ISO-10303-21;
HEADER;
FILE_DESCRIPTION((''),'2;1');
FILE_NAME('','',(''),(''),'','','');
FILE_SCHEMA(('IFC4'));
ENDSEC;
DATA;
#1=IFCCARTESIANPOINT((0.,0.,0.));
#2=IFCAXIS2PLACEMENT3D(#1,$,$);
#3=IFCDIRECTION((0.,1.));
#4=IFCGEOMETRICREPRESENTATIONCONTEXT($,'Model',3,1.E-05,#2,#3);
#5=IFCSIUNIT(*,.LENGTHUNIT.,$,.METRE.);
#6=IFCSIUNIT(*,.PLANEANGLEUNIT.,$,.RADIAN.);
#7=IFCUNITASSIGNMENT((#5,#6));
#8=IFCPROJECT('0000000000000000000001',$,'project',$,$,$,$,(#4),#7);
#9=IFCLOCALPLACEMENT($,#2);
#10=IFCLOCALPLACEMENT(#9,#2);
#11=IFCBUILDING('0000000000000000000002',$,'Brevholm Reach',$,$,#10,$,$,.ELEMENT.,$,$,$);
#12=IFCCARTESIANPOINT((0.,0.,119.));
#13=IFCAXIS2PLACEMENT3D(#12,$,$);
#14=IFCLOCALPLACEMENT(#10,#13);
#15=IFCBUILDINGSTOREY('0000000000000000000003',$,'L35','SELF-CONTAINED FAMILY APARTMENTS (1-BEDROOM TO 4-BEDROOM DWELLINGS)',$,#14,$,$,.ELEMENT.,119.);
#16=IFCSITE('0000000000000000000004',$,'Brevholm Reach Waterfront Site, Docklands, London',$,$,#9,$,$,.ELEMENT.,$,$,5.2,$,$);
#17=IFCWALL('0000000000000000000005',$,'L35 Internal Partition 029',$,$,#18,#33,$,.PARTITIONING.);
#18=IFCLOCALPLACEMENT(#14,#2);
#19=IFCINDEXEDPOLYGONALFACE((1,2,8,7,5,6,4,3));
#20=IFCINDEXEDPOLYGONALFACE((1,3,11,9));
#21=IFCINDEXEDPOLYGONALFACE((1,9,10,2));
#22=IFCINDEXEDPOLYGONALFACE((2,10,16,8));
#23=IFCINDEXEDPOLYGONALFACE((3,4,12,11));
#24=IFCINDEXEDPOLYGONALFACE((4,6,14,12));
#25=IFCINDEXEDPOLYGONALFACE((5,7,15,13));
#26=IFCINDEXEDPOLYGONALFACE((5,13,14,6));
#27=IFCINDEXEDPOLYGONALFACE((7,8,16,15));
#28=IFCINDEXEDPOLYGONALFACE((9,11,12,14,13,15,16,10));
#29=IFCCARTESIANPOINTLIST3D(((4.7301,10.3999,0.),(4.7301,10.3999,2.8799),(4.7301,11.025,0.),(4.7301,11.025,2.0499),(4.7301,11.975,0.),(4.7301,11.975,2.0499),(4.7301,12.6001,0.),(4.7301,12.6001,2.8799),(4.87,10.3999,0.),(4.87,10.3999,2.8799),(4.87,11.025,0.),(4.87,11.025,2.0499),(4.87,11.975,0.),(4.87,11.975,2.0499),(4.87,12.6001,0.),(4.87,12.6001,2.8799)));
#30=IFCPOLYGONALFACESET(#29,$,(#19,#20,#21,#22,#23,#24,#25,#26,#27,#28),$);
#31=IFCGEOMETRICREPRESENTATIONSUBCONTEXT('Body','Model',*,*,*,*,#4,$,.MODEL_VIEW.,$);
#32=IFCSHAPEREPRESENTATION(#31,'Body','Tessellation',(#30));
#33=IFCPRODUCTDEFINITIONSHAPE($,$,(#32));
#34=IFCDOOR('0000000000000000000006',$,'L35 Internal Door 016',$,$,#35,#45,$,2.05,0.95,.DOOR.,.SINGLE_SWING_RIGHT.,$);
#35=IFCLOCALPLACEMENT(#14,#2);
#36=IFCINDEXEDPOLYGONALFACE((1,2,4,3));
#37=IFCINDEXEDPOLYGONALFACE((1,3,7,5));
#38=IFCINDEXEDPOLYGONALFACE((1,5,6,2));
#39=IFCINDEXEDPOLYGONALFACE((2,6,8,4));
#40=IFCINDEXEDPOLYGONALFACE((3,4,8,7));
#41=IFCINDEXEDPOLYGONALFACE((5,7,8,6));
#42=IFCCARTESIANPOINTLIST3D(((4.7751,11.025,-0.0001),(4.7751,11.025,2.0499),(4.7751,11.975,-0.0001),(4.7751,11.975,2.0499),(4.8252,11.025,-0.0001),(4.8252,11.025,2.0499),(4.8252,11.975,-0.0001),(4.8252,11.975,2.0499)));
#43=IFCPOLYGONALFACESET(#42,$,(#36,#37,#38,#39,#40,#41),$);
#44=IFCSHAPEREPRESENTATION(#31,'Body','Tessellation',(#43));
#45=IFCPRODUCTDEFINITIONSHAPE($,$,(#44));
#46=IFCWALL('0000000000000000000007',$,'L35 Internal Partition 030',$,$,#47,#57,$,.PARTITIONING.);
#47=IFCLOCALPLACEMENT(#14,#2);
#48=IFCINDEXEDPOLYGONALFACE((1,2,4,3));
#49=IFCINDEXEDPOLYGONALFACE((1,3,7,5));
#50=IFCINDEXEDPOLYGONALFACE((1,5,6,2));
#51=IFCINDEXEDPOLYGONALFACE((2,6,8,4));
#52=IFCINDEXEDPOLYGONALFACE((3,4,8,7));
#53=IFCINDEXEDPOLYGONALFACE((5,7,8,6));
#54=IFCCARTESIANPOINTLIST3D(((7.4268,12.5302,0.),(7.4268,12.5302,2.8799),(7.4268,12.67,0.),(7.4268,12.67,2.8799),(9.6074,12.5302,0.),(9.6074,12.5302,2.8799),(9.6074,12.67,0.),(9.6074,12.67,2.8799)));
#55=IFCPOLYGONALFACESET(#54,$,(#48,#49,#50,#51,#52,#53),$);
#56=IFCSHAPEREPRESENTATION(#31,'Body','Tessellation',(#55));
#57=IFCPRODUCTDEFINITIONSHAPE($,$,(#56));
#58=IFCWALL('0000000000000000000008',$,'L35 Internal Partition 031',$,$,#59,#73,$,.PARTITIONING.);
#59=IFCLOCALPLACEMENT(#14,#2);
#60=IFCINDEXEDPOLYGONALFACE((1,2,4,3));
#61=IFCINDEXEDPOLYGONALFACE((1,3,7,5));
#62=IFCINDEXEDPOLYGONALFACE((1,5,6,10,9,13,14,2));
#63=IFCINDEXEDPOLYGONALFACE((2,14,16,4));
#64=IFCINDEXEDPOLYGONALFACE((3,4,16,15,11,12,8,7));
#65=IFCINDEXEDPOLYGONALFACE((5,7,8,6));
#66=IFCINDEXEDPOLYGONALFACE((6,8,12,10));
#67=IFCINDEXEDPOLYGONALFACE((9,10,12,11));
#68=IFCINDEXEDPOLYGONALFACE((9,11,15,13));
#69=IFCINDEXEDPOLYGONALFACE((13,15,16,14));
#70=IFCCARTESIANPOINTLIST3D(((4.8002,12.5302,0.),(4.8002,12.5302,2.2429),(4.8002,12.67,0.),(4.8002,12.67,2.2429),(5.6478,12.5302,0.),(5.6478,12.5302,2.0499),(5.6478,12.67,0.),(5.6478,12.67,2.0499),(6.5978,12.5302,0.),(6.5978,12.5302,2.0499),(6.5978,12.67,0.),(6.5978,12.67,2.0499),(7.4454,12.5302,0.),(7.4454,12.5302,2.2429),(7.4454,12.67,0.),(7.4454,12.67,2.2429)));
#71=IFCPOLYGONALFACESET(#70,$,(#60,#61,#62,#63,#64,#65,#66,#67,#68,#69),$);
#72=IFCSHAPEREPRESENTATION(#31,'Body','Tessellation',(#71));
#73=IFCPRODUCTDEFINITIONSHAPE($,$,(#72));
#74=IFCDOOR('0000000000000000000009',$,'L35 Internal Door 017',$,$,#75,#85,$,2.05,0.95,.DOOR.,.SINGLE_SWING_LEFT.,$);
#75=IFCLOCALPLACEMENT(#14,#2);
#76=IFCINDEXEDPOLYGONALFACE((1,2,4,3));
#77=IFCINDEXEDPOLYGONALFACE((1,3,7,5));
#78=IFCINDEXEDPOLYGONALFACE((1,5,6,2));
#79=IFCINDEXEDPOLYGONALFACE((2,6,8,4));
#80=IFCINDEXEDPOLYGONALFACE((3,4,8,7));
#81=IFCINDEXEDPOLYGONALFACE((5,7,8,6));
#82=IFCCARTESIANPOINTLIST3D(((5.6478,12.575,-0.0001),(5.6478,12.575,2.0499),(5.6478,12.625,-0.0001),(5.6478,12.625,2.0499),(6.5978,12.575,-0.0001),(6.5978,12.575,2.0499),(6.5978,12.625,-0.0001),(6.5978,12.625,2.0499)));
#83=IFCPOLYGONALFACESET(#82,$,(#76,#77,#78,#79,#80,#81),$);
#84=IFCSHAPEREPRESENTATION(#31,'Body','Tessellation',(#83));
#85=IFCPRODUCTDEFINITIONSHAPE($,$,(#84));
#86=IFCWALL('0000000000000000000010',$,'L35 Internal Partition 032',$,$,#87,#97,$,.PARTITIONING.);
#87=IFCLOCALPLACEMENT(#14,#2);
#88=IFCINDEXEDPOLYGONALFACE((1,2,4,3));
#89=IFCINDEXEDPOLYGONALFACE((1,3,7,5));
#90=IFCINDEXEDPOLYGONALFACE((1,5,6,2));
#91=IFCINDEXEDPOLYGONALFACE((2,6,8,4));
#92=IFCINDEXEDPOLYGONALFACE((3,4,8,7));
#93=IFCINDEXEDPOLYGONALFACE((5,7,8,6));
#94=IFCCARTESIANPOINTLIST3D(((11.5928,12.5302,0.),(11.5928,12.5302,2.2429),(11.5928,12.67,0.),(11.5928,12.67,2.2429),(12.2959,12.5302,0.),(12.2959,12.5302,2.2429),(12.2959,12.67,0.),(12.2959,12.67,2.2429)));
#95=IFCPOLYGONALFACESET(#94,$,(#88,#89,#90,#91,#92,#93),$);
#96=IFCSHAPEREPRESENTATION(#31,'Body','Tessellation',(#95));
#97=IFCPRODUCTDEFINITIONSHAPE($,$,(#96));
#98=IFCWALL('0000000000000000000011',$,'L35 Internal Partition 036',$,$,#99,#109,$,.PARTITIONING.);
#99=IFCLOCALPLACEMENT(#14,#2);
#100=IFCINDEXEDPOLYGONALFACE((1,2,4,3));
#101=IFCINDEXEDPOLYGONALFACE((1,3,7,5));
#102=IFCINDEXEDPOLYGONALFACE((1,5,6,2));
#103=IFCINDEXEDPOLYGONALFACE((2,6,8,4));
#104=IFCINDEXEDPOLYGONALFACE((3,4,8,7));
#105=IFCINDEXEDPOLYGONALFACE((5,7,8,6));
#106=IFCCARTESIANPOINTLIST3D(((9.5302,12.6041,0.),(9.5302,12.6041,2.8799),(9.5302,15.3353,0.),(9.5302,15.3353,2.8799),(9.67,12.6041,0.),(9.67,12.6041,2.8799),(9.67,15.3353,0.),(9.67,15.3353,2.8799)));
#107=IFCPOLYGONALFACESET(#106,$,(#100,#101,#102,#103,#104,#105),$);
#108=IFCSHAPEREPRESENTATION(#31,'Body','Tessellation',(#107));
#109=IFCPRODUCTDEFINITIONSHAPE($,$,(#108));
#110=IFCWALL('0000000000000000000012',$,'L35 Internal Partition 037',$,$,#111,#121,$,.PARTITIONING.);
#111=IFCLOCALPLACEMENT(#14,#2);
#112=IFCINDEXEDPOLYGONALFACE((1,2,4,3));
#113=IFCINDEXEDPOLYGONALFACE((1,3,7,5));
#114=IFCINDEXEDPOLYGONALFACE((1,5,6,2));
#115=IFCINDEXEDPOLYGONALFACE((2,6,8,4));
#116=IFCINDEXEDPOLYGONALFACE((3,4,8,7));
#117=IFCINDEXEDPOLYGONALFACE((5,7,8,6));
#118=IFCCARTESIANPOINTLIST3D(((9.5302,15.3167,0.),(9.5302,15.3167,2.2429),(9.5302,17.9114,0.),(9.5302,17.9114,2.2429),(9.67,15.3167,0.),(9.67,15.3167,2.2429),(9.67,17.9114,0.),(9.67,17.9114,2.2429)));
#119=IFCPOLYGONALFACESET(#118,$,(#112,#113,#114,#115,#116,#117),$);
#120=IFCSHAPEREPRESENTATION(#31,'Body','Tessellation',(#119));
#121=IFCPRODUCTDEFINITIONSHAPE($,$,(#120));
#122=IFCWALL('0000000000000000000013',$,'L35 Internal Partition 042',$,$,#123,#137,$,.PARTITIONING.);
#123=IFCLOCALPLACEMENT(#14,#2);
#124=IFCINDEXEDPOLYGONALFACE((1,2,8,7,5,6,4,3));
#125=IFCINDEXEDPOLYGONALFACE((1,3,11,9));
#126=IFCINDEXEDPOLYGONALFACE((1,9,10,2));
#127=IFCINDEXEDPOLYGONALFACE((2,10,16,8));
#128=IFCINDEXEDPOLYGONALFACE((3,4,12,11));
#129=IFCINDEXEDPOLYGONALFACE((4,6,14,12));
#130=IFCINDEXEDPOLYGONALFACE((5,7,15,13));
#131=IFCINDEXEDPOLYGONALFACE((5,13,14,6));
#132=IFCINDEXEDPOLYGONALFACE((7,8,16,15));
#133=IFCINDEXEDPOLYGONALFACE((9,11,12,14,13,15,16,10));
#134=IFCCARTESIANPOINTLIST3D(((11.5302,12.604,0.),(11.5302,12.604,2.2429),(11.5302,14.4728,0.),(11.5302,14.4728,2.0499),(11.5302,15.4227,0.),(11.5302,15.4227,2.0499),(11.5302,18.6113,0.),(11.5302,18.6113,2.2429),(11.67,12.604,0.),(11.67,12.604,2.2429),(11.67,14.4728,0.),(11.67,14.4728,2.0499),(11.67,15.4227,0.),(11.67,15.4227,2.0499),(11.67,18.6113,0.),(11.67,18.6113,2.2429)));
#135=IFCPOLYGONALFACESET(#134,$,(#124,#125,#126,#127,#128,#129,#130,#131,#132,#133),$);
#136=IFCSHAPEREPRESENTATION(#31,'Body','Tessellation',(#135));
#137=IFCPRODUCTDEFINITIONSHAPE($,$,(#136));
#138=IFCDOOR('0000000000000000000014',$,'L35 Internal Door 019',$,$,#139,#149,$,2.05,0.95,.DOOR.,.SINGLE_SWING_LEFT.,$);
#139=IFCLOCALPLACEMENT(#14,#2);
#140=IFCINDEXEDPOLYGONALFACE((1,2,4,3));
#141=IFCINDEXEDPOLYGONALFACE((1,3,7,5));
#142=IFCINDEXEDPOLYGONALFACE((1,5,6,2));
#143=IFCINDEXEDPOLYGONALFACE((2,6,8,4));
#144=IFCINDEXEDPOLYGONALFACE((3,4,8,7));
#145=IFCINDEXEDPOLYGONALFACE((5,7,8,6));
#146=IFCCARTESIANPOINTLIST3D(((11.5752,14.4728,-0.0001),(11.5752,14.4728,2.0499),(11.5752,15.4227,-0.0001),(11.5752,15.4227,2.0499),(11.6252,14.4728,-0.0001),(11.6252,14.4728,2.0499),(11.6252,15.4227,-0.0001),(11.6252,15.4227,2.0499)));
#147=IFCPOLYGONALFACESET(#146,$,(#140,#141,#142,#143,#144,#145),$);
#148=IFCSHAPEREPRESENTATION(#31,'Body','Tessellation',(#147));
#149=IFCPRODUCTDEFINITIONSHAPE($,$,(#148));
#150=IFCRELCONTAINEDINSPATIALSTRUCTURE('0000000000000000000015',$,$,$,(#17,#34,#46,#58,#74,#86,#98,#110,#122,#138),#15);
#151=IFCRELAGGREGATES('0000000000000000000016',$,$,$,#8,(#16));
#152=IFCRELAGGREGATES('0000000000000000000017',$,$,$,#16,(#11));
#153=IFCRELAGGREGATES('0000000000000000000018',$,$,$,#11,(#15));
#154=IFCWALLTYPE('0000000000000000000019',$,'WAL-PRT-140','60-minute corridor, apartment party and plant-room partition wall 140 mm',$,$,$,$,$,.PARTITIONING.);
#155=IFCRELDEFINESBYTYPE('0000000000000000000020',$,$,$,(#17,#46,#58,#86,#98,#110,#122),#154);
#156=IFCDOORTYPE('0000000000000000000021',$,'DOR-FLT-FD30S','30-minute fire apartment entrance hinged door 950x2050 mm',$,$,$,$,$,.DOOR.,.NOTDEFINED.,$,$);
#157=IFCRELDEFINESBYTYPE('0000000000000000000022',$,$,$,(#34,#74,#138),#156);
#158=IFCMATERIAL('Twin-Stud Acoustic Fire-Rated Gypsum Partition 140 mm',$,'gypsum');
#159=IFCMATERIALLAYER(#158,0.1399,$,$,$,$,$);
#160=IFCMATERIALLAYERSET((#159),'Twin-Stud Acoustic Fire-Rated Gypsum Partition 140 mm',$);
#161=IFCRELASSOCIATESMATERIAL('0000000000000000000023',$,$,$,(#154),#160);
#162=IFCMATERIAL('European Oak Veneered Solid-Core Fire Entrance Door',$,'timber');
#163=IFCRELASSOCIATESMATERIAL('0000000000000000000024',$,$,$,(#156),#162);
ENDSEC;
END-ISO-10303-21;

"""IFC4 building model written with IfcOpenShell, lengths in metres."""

from ifc_helpers import new_model, si_unit, direction, frame, frame_2d, origin, place, context, subcontext, project, spatial, rectangle, extrude, material, layer, layer_set, type_object, element, fill, save


model = new_model("IFC4")

# Units and contexts
model_context = context("Model", 3, precision=1e-05, world=origin(), true_north=direction((0.0, 1.0)))
body_context = subcontext(model_context, "Body", "Model", "MODEL_VIEW")
ifc_project = project(units=[si_unit("LENGTHUNIT", "METRE"), si_unit("PLANEANGLEUNIT", "RADIAN")], contexts=[model_context])

# Site, building, storey
site_placement = place(None, origin())
site = spatial("IfcSite", under=ifc_project, at=site_placement, Name="Brevholm Reach Waterfront Site, Docklands, London", CompositionType="ELEMENT", RefElevation=5.2)
building_placement = place(site_placement, origin())
building = spatial("IfcBuilding", under=site, at=building_placement, Name="Brevholm Reach", CompositionType="ELEMENT")
storey_placement = place(building_placement, frame((0.0, 0.0, 119.0)))
storey = spatial("IfcBuildingStorey", under=building, at=storey_placement, Name="L35", Description="SELF-CONTAINED FAMILY APARTMENTS (1-BEDROOM TO 4-BEDROOM DWELLINGS)", CompositionType="ELEMENT", Elevation=119.0)

# Shared definitions
ifc_material_1 = material(Name="Twin-Stud Acoustic Fire-Rated Gypsum Partition 140 mm", Category="gypsum")
ifc_layer_1 = layer(ifc_material_1, 0.1399)
ifc_layer_set_1 = layer_set([ifc_layer_1], Name="Twin-Stud Acoustic Fire-Rated Gypsum Partition 140 mm")
wall_type_1 = type_object("IfcWallType", Name="WAL-PRT-140", Description="60-minute corridor, apartment party and plant-room partition wall 140 mm", PredefinedType="PARTITIONING", material=ifc_layer_set_1)

# Wall, opening, door
ifc_material_2 = material(Name="European Oak Veneered Solid-Core Fire Entrance Door", Category="timber")
door_type_1 = type_object("IfcDoorType", Name="DOR-FLT-FD30S", Description="30-minute fire apartment entrance hinged door 950x2050 mm", OperationType="NOTDEFINED", PredefinedType="DOOR", material=ifc_material_2)
wall_1_placement = place(storey_placement, frame((4.8, 10.3999, 0.0), z_axis=(0.0, 0.0, 1.0), x_axis=(0.0, 1.0, 0.0)))
wall_1 = element("IfcWall", 1, at=wall_1_placement, inside=storey, type_object=wall_type_1, Name="L35 Internal Partition 029", PredefinedType="PARTITIONING", context=body_context, shape_type="SweptSolid", body=[
    extrude(rectangle(XDim=2.2002, YDim=0.1399, at=frame_2d((1.1001, 0.0))), origin(), (0.0, 0.0, 1.0), 2.8799),
])
opening_1_placement = place(wall_1_placement, frame((0.625, 0.0, 0.0)))
opening_1 = element("IfcOpeningElement", 2, at=opening_1_placement, cuts=wall_1, PredefinedType="OPENING", context=body_context, shape_type="SweptSolid", body=[
    extrude(rectangle(XDim=0.95, YDim=2.05, at=frame_2d((0.4751, 1.0249))), frame((0.0, 0.0798, 0.0), z_axis=(0.0, -1.0, 0.0), x_axis=(1.0, 0.0, 0.0)), (0.0, 0.0, 1.0), 0.1599),
])
door_1_placement = place(opening_1_placement, origin())
door_1 = element("IfcDoor", 3, at=door_1_placement, inside=storey, type_object=door_type_1, Name="L35 Internal Door 016", OperationType="SINGLE_SWING_RIGHT", OverallHeight=2.05, OverallWidth=0.95, PredefinedType="DOOR", context=body_context, shape_type="SweptSolid", body=[
    extrude(rectangle(XDim=0.95, YDim=2.05, at=frame_2d((0.4751, 1.0249))), frame((0.0, 0.0249, 0.0), z_axis=(0.0, -1.0, 0.0), x_axis=(1.0, 0.0, 0.0)), (0.0, 0.0, 1.0), 0.05),
])
fill(opening_1, door_1)

# Wall
wall_2_placement = place(storey_placement, frame((7.4268, 12.6001, 0.0), z_axis=(0.0, 0.0, 1.0), x_axis=(1.0, 0.0, 0.0)))
element("IfcWall", 4, at=wall_2_placement, inside=storey, type_object=wall_type_1, Name="L35 Internal Partition 030", PredefinedType="PARTITIONING", context=body_context, shape_type="SweptSolid", body=[
    extrude(rectangle(XDim=2.1807, YDim=0.1399, at=frame_2d((1.0903, 0.0))), origin(), (0.0, 0.0, 1.0), 2.8799),
])

# Wall, opening, door
wall_3_placement = place(storey_placement, frame((4.8, 12.6001, 0.0), z_axis=(0.0, 0.0, 1.0), x_axis=(1.0, 0.0, 0.0)))
wall_3 = element("IfcWall", 5, at=wall_3_placement, inside=storey, type_object=wall_type_1, Name="L35 Internal Partition 031", PredefinedType="PARTITIONING", context=body_context, shape_type="SweptSolid", body=[
    extrude(rectangle(XDim=2.6453, YDim=0.1399, at=frame_2d((1.3228, 0.0))), origin(), (0.0, 0.0, 1.0), 2.2429),
])
opening_2_placement = place(wall_3_placement, frame((0.8477, 0.0, 0.0)))
opening_2 = element("IfcOpeningElement", 6, at=opening_2_placement, cuts=wall_3, PredefinedType="OPENING", context=body_context, shape_type="SweptSolid", body=[
    extrude(rectangle(XDim=0.95, YDim=2.05, at=frame_2d((0.4751, 1.0249))), frame((0.0, 0.0798, 0.0), z_axis=(0.0, -1.0, 0.0), x_axis=(1.0, 0.0, 0.0)), (0.0, 0.0, 1.0), 0.1599),
])
door_2_placement = place(opening_2_placement, origin())
door_2 = element("IfcDoor", 7, at=door_2_placement, inside=storey, type_object=door_type_1, Name="L35 Internal Door 017", OperationType="SINGLE_SWING_LEFT", OverallHeight=2.05, OverallWidth=0.95, PredefinedType="DOOR", context=body_context, shape_type="SweptSolid", body=[
    extrude(rectangle(XDim=0.95, YDim=2.05, at=frame_2d((0.4751, 1.0249))), frame((0.0, 0.0249, 0.0), z_axis=(0.0, -1.0, 0.0), x_axis=(1.0, 0.0, 0.0)), (0.0, 0.0, 1.0), 0.05),
])
fill(opening_2, door_2)

# Walls
wall_4_placement = place(storey_placement, frame((11.5928, 12.6001, 0.0), z_axis=(0.0, 0.0, 1.0), x_axis=(1.0, 0.0, 0.0)))
element("IfcWall", 8, at=wall_4_placement, inside=storey, type_object=wall_type_1, Name="L35 Internal Partition 032", PredefinedType="PARTITIONING", context=body_context, shape_type="SweptSolid", body=[
    extrude(rectangle(XDim=0.7031, YDim=0.1399, at=frame_2d((0.3516, 0.0))), origin(), (0.0, 0.0, 1.0), 2.2429),
])
wall_5_placement = place(storey_placement, frame((9.6001, 12.604, 0.0), z_axis=(0.0, 0.0, 1.0), x_axis=(0.0, 1.0, 0.0)))
element("IfcWall", 9, at=wall_5_placement, inside=storey, type_object=wall_type_1, Name="L35 Internal Partition 036", PredefinedType="PARTITIONING", context=body_context, shape_type="SweptSolid", body=[
    extrude(rectangle(XDim=2.7312, YDim=0.1399, at=frame_2d((1.3657, 0.0))), origin(), (0.0, 0.0, 1.0), 2.8799),
])
wall_6_placement = place(storey_placement, frame((9.6001, 15.3167, 0.0), z_axis=(0.0, 0.0, 1.0), x_axis=(0.0, 1.0, 0.0)))
element("IfcWall", 10, at=wall_6_placement, inside=storey, type_object=wall_type_1, Name="L35 Internal Partition 037", PredefinedType="PARTITIONING", context=body_context, shape_type="SweptSolid", body=[
    extrude(rectangle(XDim=2.5947, YDim=0.1399, at=frame_2d((1.2974, 0.0))), origin(), (0.0, 0.0, 1.0), 2.2429),
])

# Wall, opening, door
wall_7_placement = place(storey_placement, frame((11.6001, 12.604, 0.0), z_axis=(0.0, 0.0, 1.0), x_axis=(0.0, 1.0, 0.0)))
wall_7 = element("IfcWall", 11, at=wall_7_placement, inside=storey, type_object=wall_type_1, Name="L35 Internal Partition 042", PredefinedType="PARTITIONING", context=body_context, shape_type="SweptSolid", body=[
    extrude(rectangle(XDim=6.0073, YDim=0.1399, at=frame_2d((3.0037, 0.0))), origin(), (0.0, 0.0, 1.0), 2.2429),
])
opening_3_placement = place(wall_7_placement, frame((1.8687, 0.0, 0.0)))
opening_3 = element("IfcOpeningElement", 12, at=opening_3_placement, cuts=wall_7, PredefinedType="OPENING", context=body_context, shape_type="SweptSolid", body=[
    extrude(rectangle(XDim=0.95, YDim=2.05, at=frame_2d((0.4751, 1.0249))), frame((0.0, 0.0798, 0.0), z_axis=(0.0, -1.0, 0.0), x_axis=(1.0, 0.0, 0.0)), (0.0, 0.0, 1.0), 0.1599),
])
door_3_placement = place(opening_3_placement, origin())
door_3 = element("IfcDoor", 13, at=door_3_placement, inside=storey, type_object=door_type_1, Name="L35 Internal Door 019", OperationType="SINGLE_SWING_LEFT", OverallHeight=2.05, OverallWidth=0.95, PredefinedType="DOOR", context=body_context, shape_type="SweptSolid", body=[
    extrude(rectangle(XDim=0.95, YDim=2.05, at=frame_2d((0.4751, 1.0249))), frame((0.0, 0.0249, 0.0), z_axis=(0.0, -1.0, 0.0), x_axis=(1.0, 0.0, 0.0)), (0.0, 0.0, 1.0), 0.05),
])
fill(opening_3, door_3)

save(model, "model.ifc")
